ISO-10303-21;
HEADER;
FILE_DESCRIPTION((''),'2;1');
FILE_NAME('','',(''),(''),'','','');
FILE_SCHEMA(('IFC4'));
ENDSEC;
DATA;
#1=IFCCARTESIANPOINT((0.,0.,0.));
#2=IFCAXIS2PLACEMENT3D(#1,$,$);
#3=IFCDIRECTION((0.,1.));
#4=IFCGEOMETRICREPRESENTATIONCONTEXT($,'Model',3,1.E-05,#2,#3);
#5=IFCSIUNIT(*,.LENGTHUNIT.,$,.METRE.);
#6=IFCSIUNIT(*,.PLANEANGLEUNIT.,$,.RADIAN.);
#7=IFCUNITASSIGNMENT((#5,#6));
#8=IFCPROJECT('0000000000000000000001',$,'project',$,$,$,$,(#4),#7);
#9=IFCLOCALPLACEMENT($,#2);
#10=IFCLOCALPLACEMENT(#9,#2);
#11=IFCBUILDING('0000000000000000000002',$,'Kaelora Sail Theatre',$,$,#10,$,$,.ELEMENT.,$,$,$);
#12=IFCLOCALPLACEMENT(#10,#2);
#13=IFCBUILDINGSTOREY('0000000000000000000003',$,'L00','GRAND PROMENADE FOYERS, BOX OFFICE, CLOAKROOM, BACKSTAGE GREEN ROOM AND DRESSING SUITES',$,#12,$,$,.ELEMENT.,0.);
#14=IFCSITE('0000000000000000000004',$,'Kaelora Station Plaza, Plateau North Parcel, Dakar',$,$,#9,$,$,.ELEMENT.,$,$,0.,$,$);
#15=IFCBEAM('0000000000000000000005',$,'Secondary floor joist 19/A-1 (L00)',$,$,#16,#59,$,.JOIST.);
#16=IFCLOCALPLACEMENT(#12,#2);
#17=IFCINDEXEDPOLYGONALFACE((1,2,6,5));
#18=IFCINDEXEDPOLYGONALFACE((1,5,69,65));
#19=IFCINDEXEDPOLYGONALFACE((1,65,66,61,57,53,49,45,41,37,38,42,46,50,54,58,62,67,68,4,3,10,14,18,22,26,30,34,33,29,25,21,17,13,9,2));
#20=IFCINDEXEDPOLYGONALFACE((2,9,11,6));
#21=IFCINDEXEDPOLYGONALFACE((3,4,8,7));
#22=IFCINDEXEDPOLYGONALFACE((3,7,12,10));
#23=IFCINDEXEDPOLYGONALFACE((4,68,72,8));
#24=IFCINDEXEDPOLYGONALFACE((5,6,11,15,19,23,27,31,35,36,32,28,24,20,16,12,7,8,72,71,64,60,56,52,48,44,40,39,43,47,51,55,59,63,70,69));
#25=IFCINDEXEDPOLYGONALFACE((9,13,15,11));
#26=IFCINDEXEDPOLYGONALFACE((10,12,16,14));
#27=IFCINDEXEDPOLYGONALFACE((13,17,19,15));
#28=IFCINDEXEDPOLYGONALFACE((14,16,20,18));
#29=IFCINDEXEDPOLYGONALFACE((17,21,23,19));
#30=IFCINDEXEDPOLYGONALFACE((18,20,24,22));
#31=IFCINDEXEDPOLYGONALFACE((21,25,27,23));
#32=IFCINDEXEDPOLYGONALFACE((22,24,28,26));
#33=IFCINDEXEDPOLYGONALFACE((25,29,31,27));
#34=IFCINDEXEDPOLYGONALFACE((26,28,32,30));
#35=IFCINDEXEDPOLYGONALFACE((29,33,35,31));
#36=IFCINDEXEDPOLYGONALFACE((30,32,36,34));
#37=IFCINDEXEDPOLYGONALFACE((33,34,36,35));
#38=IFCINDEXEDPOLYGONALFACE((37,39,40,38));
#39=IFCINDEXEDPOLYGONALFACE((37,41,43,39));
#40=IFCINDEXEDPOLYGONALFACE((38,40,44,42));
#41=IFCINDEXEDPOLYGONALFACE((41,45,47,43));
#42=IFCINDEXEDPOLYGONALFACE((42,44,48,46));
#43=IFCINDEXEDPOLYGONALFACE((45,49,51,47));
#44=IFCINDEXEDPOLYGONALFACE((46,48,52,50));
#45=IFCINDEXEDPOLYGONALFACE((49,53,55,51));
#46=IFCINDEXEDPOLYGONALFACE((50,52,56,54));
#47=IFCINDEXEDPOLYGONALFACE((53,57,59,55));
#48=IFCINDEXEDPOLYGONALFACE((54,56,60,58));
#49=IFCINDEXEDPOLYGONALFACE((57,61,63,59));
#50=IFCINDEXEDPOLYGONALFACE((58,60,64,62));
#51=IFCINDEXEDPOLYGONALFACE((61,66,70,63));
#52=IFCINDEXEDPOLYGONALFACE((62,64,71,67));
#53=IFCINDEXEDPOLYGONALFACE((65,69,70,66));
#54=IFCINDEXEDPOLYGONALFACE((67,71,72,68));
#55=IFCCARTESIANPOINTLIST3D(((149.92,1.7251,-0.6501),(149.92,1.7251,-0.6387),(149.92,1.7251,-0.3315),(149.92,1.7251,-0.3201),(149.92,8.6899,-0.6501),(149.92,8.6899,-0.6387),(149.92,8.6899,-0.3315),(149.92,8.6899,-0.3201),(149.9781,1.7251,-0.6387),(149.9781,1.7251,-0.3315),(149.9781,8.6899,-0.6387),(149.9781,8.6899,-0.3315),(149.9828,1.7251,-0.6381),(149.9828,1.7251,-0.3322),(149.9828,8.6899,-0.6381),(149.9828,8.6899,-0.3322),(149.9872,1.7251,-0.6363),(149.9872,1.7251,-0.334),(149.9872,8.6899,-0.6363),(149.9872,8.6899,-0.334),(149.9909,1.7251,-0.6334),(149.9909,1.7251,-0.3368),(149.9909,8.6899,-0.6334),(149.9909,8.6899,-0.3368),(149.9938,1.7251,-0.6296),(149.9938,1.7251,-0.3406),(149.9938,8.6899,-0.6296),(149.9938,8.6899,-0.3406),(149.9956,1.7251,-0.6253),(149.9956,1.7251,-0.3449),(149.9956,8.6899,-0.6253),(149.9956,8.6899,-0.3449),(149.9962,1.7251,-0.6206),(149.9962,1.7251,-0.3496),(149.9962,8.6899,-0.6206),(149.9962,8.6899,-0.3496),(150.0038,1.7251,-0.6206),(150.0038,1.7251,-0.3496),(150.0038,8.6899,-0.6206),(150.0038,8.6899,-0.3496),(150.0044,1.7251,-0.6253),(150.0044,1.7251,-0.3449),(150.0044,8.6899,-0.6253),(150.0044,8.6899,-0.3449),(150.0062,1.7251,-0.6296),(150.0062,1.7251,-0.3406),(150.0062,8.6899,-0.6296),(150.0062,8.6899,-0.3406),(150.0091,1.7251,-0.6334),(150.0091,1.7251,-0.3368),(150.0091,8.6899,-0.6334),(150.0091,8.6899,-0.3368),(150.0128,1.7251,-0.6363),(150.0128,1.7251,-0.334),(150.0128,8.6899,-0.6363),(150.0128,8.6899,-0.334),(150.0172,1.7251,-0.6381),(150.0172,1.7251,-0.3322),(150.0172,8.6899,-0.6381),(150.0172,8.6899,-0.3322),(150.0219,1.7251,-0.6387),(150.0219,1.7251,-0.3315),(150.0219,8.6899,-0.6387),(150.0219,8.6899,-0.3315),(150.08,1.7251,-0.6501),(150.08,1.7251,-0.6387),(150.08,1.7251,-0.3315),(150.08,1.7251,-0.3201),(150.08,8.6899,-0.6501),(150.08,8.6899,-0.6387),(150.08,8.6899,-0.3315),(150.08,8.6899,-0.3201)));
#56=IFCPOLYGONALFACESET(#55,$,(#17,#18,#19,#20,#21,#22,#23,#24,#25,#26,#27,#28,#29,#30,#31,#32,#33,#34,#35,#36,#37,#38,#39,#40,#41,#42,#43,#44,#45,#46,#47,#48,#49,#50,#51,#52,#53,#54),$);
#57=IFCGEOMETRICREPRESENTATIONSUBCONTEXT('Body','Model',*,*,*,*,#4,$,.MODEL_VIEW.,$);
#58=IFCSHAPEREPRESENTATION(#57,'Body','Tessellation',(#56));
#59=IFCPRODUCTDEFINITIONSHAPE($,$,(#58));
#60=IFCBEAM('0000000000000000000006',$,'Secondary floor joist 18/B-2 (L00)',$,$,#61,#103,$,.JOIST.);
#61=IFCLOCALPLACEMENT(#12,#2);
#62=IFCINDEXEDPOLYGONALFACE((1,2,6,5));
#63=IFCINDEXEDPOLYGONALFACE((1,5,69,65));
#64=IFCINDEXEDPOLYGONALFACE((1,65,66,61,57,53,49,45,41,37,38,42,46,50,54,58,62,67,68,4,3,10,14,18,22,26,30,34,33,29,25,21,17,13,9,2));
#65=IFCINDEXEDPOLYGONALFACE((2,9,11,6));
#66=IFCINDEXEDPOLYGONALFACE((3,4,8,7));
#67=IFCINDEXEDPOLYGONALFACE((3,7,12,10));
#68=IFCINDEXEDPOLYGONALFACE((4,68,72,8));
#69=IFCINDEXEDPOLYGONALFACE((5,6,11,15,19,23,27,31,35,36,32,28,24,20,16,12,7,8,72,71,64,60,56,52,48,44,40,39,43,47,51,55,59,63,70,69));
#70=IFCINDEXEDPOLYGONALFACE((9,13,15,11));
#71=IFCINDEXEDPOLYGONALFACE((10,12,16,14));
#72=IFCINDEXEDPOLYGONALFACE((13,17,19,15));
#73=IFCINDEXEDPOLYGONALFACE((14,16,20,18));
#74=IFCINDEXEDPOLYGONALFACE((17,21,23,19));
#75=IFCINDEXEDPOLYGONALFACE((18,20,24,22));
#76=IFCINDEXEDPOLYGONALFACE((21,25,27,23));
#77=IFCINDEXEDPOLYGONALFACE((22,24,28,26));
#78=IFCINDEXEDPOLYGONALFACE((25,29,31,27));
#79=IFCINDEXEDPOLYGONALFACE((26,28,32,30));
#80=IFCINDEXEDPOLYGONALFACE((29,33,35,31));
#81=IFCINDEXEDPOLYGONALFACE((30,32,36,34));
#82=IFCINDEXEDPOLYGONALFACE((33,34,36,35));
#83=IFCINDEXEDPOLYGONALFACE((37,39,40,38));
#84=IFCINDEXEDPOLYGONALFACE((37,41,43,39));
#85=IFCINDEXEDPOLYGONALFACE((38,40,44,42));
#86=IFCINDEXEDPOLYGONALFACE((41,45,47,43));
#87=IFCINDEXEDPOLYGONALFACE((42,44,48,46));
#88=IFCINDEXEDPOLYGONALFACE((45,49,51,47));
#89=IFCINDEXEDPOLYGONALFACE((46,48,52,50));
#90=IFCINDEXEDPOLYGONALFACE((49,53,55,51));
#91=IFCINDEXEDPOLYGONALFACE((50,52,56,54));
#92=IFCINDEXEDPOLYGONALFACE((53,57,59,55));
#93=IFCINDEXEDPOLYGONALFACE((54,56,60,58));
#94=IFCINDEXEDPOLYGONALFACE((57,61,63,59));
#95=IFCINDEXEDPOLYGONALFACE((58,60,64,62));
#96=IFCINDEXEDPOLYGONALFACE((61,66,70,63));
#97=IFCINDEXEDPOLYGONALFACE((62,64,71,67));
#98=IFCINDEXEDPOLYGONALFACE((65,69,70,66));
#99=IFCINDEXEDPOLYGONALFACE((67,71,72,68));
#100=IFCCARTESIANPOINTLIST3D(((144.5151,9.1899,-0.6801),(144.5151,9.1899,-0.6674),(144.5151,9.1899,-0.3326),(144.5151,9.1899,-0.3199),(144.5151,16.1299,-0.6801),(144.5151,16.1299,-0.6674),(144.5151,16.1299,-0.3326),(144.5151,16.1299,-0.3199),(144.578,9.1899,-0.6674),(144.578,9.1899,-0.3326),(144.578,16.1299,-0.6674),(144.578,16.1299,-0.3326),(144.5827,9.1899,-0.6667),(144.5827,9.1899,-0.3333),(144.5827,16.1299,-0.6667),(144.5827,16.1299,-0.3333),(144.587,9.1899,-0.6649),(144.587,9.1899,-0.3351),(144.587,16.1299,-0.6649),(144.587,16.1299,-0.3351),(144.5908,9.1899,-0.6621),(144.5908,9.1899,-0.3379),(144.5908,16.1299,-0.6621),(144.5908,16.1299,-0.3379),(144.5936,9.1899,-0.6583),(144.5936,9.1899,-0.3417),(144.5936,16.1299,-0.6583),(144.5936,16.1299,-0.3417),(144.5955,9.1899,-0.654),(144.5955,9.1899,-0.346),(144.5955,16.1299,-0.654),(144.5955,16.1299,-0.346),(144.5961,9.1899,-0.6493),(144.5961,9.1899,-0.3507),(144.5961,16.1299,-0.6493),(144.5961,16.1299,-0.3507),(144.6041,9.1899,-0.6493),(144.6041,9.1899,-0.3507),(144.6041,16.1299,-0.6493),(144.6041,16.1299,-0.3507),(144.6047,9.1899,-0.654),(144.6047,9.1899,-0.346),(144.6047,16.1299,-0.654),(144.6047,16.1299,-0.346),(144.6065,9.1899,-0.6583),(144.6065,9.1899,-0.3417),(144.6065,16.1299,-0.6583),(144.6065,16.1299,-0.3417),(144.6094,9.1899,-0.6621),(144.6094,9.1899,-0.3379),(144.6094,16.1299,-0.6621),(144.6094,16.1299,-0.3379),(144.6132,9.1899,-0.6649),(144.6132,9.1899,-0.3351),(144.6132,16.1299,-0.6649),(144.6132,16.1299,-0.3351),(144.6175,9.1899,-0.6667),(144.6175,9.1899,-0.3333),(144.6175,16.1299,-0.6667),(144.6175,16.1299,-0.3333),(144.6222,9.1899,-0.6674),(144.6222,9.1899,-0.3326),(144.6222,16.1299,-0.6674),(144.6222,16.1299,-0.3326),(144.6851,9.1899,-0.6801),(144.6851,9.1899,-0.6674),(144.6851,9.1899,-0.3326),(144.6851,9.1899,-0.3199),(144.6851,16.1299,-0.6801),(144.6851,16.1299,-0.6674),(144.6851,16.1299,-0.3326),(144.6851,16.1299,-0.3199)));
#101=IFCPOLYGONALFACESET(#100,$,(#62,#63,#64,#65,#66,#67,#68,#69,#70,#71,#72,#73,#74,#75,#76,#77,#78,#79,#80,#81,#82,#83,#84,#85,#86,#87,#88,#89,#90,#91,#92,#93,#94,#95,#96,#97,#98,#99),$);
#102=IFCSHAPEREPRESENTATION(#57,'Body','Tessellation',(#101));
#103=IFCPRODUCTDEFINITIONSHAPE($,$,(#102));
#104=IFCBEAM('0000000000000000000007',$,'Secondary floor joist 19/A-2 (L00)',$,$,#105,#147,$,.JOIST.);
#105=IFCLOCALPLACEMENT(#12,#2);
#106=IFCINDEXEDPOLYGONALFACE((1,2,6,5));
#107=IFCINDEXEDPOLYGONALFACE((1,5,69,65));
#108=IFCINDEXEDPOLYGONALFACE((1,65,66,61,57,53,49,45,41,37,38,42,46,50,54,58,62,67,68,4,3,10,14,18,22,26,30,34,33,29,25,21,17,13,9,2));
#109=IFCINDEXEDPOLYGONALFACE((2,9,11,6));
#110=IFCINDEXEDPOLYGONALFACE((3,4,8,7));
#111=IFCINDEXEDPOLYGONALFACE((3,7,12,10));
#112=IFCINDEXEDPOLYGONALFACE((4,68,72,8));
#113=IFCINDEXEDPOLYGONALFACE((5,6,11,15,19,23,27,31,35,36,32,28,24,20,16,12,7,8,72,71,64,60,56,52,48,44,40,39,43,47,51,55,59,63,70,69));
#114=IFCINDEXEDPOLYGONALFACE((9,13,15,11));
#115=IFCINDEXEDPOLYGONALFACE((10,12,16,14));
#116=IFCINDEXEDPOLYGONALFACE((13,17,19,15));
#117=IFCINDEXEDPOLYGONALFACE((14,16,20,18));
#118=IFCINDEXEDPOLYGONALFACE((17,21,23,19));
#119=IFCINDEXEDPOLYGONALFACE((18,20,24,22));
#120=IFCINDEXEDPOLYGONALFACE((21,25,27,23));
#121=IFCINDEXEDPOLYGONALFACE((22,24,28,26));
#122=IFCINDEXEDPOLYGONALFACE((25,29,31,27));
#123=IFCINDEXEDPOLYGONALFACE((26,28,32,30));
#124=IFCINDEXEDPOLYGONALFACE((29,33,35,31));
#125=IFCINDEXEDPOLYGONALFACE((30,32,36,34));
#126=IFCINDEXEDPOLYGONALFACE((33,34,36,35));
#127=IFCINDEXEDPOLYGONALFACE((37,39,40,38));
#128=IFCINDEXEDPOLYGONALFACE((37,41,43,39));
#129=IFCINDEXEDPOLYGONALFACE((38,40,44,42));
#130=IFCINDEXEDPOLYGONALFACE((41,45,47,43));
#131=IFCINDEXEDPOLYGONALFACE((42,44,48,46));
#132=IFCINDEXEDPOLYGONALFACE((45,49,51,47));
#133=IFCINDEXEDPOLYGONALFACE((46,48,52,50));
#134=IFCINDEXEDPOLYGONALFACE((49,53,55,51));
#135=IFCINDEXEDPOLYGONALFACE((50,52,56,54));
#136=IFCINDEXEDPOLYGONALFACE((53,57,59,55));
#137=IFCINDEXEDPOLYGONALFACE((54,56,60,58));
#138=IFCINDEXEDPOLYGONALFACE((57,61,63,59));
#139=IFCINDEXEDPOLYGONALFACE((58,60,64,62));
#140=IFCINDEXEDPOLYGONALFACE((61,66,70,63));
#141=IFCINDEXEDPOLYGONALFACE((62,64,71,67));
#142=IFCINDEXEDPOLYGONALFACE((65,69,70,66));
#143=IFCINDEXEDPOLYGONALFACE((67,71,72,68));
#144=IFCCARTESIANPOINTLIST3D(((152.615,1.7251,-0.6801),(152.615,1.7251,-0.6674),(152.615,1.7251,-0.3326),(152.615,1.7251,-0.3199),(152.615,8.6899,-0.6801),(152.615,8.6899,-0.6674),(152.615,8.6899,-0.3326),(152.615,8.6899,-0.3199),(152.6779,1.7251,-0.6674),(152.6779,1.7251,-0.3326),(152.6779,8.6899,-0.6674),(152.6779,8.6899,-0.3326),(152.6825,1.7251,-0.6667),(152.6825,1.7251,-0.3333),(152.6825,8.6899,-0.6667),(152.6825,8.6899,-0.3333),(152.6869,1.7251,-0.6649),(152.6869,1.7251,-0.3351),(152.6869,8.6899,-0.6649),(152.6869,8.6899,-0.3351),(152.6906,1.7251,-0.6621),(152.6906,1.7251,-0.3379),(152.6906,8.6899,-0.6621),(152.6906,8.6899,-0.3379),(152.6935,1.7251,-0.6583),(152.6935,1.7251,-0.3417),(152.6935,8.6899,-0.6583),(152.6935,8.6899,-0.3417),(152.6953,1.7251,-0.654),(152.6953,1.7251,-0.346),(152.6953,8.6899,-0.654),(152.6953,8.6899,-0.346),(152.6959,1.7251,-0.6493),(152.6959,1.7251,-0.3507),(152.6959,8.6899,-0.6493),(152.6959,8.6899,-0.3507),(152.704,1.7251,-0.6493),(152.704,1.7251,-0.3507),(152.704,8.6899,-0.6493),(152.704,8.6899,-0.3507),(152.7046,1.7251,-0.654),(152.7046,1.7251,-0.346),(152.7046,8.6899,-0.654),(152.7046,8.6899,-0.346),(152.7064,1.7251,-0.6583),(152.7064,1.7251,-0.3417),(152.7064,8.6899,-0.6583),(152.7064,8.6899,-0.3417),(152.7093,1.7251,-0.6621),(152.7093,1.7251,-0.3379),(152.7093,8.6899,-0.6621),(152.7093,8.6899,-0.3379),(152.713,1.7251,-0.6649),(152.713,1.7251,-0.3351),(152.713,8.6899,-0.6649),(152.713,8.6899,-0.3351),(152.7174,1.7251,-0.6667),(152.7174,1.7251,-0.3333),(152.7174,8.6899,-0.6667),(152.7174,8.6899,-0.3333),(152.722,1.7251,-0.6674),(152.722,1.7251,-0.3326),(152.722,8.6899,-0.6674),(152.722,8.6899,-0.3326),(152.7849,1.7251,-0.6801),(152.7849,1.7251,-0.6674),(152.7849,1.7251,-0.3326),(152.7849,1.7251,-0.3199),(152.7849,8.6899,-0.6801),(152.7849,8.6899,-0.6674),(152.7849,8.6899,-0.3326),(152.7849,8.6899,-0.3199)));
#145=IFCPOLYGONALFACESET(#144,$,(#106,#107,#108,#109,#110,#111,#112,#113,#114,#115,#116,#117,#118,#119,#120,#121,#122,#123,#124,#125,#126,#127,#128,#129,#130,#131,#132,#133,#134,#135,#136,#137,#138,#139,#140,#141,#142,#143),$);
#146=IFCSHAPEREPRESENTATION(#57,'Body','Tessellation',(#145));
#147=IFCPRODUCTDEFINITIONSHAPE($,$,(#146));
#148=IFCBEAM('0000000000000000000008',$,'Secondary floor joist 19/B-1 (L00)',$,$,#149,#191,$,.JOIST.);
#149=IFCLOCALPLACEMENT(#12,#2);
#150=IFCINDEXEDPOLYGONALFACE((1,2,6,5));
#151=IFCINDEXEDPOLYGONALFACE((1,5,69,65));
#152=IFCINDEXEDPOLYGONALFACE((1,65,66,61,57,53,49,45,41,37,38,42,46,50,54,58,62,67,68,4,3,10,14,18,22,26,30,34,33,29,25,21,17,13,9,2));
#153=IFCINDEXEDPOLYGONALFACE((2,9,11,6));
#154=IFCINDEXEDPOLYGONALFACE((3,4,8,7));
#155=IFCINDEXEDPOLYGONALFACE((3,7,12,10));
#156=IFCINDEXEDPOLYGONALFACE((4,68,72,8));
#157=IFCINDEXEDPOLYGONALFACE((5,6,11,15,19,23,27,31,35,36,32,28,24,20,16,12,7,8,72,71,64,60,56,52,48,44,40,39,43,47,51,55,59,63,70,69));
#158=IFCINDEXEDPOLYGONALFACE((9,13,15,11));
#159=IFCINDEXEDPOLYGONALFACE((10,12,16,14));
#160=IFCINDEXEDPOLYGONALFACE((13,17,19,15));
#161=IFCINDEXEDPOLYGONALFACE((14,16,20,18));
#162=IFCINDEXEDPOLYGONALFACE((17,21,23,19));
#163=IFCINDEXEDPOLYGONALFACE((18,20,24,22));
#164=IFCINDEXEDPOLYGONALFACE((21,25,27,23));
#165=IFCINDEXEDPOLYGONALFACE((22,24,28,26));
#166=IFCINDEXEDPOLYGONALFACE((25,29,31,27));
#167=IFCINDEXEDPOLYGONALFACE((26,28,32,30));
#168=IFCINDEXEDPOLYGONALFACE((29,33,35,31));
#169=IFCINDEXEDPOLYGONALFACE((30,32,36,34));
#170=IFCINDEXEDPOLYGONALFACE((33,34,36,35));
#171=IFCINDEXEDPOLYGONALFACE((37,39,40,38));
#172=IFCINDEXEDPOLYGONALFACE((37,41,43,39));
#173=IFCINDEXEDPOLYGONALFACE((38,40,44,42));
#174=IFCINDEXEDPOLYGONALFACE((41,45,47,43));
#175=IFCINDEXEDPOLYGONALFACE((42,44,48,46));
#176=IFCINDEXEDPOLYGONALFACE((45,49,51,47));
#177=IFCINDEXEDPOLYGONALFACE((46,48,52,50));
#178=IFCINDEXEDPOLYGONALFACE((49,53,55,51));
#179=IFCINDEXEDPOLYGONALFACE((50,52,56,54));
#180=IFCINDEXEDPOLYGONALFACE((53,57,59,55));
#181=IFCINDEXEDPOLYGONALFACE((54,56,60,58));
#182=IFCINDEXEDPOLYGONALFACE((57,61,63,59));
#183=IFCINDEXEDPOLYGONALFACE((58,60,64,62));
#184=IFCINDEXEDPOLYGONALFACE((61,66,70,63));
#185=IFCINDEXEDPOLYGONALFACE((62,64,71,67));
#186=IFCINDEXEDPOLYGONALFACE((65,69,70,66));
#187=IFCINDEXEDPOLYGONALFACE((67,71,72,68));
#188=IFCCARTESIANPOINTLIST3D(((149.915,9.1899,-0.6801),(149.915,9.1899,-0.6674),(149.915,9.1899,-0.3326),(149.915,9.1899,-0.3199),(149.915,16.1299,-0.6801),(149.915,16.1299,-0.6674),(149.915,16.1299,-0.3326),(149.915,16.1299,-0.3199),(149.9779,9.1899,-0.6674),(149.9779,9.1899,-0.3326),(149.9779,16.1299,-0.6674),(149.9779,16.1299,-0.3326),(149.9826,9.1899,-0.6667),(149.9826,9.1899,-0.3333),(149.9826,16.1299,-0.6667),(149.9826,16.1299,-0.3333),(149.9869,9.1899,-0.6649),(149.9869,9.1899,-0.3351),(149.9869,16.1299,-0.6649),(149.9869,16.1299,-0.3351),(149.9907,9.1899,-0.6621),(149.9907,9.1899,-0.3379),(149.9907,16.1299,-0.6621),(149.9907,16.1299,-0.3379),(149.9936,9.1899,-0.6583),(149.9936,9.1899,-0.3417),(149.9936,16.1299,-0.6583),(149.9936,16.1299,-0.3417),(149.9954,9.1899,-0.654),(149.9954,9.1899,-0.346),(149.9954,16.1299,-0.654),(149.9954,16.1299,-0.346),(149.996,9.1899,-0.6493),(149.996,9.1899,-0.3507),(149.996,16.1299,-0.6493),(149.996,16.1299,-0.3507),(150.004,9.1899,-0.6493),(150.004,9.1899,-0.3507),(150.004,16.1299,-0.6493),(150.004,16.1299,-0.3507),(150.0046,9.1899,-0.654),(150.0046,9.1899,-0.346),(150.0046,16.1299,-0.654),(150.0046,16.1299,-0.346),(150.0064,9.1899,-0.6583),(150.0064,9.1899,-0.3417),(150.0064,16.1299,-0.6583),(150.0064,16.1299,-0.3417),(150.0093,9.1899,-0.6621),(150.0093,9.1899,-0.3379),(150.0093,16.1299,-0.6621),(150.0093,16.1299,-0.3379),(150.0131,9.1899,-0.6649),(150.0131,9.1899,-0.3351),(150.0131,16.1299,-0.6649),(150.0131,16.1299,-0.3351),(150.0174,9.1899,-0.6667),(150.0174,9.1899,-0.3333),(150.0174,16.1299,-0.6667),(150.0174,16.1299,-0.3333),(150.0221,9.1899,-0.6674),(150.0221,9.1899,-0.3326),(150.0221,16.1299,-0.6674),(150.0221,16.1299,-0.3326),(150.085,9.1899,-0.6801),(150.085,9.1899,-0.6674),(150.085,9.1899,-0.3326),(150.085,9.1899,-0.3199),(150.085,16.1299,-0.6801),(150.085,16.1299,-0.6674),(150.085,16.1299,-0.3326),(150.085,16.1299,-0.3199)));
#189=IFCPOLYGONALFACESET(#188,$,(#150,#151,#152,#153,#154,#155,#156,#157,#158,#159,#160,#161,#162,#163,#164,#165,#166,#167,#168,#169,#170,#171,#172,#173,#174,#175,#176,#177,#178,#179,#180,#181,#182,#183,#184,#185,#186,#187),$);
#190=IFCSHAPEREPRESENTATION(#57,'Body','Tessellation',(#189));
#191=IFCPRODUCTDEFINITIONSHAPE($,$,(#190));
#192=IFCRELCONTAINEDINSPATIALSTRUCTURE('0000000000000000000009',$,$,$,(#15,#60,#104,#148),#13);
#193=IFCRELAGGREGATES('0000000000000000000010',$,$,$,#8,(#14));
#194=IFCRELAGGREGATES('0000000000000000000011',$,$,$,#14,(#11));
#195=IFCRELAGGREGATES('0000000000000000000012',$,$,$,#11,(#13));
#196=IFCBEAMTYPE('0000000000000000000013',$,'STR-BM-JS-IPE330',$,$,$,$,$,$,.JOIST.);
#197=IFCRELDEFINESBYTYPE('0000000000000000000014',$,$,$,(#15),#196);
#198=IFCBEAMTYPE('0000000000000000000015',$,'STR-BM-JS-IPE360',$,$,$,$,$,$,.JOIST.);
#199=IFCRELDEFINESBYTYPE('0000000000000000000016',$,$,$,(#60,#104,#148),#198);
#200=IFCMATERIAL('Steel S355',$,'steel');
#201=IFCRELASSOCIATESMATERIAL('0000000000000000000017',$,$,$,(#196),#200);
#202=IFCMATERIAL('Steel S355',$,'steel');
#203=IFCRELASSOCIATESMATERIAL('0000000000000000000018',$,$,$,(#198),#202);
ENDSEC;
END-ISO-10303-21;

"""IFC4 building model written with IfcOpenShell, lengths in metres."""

from ifc_helpers import new_model, si_unit, direction, frame, origin, origin_2d, place, context, subcontext, project, spatial, i_section, extrude, material, material_profile, profile_set, type_object, element, save


model = new_model("IFC4")

# Units and contexts
model_context = context("Model", 3, precision=1e-05, world=origin(), true_north=direction((0.0, 1.0)))
body_context = subcontext(model_context, "Body", "Model", "MODEL_VIEW")
ifc_project = project(units=[si_unit("LENGTHUNIT", "METRE"), si_unit("PLANEANGLEUNIT", "RADIAN")], contexts=[model_context])

# Site, building, storey
site_placement = place(None, origin())
site = spatial("IfcSite", under=ifc_project, at=site_placement, Name="Kaelora Station Plaza, Plateau North Parcel, Dakar", CompositionType="ELEMENT", RefElevation=0.0)
building_placement = place(site_placement, origin())
building = spatial("IfcBuilding", under=site, at=building_placement, Name="Kaelora Sail Theatre", CompositionType="ELEMENT")
storey_placement = place(building_placement, origin())
storey = spatial("IfcBuildingStorey", under=building, at=storey_placement, Name="L00", Description="GRAND PROMENADE FOYERS, BOX OFFICE, CLOAKROOM, BACKSTAGE GREEN ROOM AND DRESSING SUITES", CompositionType="ELEMENT", Elevation=0.0)

# Beams
ifc_material_1 = material(Name="Steel S355", Category="steel")
ifc_material_profile_1 = material_profile(ifc_material_1, i_section(OverallWidth=0.1599, OverallDepth=0.3301, WebThickness=0.0076, FlangeThickness=0.0115, FilletRadius=0.0181, at=origin_2d()), Name="IPE 330")
ifc_profile_set_1 = profile_set([ifc_material_profile_1], Name="Steel S355")
beam_type_1 = type_object("IfcBeamType", Name="STR-BM-JS-IPE330", PredefinedType="JOIST", material=ifc_profile_set_1)
for number, where, z_axis, x_axis, name in (
    (1, (150.0, 1.7251, -0.4851), (0.0, 1.0, 0.0), (-1.0, 0.0, 0.0), "Secondary floor joist 19/A-1 (L00)"),
):
    element("IfcBeam", number, at=place(storey_placement, frame(where, z_axis=z_axis, x_axis=x_axis)), inside=storey, type_object=beam_type_1, Name=name, PredefinedType="JOIST", context=body_context, shape_type="SweptSolid", body=[
        extrude(i_section(OverallWidth=0.1599, OverallDepth=0.3301, WebThickness=0.0076, FlangeThickness=0.0115, FilletRadius=0.0181, at=origin_2d()), origin(), (0.0, 0.0, 1.0), 6.9648),
    ])
ifc_material_2 = material(Name="Steel S355", Category="steel")
ifc_material_profile_2 = material_profile(ifc_material_2, i_section(OverallWidth=0.1699, OverallDepth=0.3601, WebThickness=0.0081, FlangeThickness=0.0127, FilletRadius=0.0181, at=origin_2d()), Name="IPE 360")
ifc_profile_set_2 = profile_set([ifc_material_profile_2], Name="Steel S355")
beam_type_2 = type_object("IfcBeamType", Name="STR-BM-JS-IPE360", PredefinedType="JOIST", material=ifc_profile_set_2)
beam_1_placement = place(storey_placement, frame((144.6001, 9.1899, -0.5), z_axis=(0.0, 1.0, 0.0), x_axis=(-1.0, 0.0, 0.0)))
element("IfcBeam", 2, at=beam_1_placement, inside=storey, type_object=beam_type_2, Name="Secondary floor joist 18/B-2 (L00)", PredefinedType="JOIST", context=body_context, shape_type="SweptSolid", body=[
    extrude(i_section(OverallWidth=0.1699, OverallDepth=0.3601, WebThickness=0.0081, FlangeThickness=0.0127, FilletRadius=0.0181, at=origin_2d()), origin(), (0.0, 0.0, 1.0), 6.9399),
])
beam_2_placement = place(storey_placement, frame((152.7, 1.7251, -0.5), z_axis=(0.0, 1.0, 0.0), x_axis=(-1.0, 0.0, 0.0)))
element("IfcBeam", 3, at=beam_2_placement, inside=storey, type_object=beam_type_2, Name="Secondary floor joist 19/A-2 (L00)", PredefinedType="JOIST", context=body_context, shape_type="SweptSolid", body=[
    extrude(i_section(OverallWidth=0.1699, OverallDepth=0.3601, WebThickness=0.0081, FlangeThickness=0.0127, FilletRadius=0.0181, at=origin_2d()), origin(), (0.0, 0.0, 1.0), 6.9648),
])
beam_3_placement = place(storey_placement, frame((150.0, 9.1899, -0.5), z_axis=(0.0, 1.0, 0.0), x_axis=(-1.0, 0.0, 0.0)))
element("IfcBeam", 4, at=beam_3_placement, inside=storey, type_object=beam_type_2, Name="Secondary floor joist 19/B-1 (L00)", PredefinedType="JOIST", context=body_context, shape_type="SweptSolid", body=[
    extrude(i_section(OverallWidth=0.1699, OverallDepth=0.3601, WebThickness=0.0081, FlangeThickness=0.0127, FilletRadius=0.0181, at=origin_2d()), origin(), (0.0, 0.0, 1.0), 6.9399),
])

save(model, "model.ifc")
